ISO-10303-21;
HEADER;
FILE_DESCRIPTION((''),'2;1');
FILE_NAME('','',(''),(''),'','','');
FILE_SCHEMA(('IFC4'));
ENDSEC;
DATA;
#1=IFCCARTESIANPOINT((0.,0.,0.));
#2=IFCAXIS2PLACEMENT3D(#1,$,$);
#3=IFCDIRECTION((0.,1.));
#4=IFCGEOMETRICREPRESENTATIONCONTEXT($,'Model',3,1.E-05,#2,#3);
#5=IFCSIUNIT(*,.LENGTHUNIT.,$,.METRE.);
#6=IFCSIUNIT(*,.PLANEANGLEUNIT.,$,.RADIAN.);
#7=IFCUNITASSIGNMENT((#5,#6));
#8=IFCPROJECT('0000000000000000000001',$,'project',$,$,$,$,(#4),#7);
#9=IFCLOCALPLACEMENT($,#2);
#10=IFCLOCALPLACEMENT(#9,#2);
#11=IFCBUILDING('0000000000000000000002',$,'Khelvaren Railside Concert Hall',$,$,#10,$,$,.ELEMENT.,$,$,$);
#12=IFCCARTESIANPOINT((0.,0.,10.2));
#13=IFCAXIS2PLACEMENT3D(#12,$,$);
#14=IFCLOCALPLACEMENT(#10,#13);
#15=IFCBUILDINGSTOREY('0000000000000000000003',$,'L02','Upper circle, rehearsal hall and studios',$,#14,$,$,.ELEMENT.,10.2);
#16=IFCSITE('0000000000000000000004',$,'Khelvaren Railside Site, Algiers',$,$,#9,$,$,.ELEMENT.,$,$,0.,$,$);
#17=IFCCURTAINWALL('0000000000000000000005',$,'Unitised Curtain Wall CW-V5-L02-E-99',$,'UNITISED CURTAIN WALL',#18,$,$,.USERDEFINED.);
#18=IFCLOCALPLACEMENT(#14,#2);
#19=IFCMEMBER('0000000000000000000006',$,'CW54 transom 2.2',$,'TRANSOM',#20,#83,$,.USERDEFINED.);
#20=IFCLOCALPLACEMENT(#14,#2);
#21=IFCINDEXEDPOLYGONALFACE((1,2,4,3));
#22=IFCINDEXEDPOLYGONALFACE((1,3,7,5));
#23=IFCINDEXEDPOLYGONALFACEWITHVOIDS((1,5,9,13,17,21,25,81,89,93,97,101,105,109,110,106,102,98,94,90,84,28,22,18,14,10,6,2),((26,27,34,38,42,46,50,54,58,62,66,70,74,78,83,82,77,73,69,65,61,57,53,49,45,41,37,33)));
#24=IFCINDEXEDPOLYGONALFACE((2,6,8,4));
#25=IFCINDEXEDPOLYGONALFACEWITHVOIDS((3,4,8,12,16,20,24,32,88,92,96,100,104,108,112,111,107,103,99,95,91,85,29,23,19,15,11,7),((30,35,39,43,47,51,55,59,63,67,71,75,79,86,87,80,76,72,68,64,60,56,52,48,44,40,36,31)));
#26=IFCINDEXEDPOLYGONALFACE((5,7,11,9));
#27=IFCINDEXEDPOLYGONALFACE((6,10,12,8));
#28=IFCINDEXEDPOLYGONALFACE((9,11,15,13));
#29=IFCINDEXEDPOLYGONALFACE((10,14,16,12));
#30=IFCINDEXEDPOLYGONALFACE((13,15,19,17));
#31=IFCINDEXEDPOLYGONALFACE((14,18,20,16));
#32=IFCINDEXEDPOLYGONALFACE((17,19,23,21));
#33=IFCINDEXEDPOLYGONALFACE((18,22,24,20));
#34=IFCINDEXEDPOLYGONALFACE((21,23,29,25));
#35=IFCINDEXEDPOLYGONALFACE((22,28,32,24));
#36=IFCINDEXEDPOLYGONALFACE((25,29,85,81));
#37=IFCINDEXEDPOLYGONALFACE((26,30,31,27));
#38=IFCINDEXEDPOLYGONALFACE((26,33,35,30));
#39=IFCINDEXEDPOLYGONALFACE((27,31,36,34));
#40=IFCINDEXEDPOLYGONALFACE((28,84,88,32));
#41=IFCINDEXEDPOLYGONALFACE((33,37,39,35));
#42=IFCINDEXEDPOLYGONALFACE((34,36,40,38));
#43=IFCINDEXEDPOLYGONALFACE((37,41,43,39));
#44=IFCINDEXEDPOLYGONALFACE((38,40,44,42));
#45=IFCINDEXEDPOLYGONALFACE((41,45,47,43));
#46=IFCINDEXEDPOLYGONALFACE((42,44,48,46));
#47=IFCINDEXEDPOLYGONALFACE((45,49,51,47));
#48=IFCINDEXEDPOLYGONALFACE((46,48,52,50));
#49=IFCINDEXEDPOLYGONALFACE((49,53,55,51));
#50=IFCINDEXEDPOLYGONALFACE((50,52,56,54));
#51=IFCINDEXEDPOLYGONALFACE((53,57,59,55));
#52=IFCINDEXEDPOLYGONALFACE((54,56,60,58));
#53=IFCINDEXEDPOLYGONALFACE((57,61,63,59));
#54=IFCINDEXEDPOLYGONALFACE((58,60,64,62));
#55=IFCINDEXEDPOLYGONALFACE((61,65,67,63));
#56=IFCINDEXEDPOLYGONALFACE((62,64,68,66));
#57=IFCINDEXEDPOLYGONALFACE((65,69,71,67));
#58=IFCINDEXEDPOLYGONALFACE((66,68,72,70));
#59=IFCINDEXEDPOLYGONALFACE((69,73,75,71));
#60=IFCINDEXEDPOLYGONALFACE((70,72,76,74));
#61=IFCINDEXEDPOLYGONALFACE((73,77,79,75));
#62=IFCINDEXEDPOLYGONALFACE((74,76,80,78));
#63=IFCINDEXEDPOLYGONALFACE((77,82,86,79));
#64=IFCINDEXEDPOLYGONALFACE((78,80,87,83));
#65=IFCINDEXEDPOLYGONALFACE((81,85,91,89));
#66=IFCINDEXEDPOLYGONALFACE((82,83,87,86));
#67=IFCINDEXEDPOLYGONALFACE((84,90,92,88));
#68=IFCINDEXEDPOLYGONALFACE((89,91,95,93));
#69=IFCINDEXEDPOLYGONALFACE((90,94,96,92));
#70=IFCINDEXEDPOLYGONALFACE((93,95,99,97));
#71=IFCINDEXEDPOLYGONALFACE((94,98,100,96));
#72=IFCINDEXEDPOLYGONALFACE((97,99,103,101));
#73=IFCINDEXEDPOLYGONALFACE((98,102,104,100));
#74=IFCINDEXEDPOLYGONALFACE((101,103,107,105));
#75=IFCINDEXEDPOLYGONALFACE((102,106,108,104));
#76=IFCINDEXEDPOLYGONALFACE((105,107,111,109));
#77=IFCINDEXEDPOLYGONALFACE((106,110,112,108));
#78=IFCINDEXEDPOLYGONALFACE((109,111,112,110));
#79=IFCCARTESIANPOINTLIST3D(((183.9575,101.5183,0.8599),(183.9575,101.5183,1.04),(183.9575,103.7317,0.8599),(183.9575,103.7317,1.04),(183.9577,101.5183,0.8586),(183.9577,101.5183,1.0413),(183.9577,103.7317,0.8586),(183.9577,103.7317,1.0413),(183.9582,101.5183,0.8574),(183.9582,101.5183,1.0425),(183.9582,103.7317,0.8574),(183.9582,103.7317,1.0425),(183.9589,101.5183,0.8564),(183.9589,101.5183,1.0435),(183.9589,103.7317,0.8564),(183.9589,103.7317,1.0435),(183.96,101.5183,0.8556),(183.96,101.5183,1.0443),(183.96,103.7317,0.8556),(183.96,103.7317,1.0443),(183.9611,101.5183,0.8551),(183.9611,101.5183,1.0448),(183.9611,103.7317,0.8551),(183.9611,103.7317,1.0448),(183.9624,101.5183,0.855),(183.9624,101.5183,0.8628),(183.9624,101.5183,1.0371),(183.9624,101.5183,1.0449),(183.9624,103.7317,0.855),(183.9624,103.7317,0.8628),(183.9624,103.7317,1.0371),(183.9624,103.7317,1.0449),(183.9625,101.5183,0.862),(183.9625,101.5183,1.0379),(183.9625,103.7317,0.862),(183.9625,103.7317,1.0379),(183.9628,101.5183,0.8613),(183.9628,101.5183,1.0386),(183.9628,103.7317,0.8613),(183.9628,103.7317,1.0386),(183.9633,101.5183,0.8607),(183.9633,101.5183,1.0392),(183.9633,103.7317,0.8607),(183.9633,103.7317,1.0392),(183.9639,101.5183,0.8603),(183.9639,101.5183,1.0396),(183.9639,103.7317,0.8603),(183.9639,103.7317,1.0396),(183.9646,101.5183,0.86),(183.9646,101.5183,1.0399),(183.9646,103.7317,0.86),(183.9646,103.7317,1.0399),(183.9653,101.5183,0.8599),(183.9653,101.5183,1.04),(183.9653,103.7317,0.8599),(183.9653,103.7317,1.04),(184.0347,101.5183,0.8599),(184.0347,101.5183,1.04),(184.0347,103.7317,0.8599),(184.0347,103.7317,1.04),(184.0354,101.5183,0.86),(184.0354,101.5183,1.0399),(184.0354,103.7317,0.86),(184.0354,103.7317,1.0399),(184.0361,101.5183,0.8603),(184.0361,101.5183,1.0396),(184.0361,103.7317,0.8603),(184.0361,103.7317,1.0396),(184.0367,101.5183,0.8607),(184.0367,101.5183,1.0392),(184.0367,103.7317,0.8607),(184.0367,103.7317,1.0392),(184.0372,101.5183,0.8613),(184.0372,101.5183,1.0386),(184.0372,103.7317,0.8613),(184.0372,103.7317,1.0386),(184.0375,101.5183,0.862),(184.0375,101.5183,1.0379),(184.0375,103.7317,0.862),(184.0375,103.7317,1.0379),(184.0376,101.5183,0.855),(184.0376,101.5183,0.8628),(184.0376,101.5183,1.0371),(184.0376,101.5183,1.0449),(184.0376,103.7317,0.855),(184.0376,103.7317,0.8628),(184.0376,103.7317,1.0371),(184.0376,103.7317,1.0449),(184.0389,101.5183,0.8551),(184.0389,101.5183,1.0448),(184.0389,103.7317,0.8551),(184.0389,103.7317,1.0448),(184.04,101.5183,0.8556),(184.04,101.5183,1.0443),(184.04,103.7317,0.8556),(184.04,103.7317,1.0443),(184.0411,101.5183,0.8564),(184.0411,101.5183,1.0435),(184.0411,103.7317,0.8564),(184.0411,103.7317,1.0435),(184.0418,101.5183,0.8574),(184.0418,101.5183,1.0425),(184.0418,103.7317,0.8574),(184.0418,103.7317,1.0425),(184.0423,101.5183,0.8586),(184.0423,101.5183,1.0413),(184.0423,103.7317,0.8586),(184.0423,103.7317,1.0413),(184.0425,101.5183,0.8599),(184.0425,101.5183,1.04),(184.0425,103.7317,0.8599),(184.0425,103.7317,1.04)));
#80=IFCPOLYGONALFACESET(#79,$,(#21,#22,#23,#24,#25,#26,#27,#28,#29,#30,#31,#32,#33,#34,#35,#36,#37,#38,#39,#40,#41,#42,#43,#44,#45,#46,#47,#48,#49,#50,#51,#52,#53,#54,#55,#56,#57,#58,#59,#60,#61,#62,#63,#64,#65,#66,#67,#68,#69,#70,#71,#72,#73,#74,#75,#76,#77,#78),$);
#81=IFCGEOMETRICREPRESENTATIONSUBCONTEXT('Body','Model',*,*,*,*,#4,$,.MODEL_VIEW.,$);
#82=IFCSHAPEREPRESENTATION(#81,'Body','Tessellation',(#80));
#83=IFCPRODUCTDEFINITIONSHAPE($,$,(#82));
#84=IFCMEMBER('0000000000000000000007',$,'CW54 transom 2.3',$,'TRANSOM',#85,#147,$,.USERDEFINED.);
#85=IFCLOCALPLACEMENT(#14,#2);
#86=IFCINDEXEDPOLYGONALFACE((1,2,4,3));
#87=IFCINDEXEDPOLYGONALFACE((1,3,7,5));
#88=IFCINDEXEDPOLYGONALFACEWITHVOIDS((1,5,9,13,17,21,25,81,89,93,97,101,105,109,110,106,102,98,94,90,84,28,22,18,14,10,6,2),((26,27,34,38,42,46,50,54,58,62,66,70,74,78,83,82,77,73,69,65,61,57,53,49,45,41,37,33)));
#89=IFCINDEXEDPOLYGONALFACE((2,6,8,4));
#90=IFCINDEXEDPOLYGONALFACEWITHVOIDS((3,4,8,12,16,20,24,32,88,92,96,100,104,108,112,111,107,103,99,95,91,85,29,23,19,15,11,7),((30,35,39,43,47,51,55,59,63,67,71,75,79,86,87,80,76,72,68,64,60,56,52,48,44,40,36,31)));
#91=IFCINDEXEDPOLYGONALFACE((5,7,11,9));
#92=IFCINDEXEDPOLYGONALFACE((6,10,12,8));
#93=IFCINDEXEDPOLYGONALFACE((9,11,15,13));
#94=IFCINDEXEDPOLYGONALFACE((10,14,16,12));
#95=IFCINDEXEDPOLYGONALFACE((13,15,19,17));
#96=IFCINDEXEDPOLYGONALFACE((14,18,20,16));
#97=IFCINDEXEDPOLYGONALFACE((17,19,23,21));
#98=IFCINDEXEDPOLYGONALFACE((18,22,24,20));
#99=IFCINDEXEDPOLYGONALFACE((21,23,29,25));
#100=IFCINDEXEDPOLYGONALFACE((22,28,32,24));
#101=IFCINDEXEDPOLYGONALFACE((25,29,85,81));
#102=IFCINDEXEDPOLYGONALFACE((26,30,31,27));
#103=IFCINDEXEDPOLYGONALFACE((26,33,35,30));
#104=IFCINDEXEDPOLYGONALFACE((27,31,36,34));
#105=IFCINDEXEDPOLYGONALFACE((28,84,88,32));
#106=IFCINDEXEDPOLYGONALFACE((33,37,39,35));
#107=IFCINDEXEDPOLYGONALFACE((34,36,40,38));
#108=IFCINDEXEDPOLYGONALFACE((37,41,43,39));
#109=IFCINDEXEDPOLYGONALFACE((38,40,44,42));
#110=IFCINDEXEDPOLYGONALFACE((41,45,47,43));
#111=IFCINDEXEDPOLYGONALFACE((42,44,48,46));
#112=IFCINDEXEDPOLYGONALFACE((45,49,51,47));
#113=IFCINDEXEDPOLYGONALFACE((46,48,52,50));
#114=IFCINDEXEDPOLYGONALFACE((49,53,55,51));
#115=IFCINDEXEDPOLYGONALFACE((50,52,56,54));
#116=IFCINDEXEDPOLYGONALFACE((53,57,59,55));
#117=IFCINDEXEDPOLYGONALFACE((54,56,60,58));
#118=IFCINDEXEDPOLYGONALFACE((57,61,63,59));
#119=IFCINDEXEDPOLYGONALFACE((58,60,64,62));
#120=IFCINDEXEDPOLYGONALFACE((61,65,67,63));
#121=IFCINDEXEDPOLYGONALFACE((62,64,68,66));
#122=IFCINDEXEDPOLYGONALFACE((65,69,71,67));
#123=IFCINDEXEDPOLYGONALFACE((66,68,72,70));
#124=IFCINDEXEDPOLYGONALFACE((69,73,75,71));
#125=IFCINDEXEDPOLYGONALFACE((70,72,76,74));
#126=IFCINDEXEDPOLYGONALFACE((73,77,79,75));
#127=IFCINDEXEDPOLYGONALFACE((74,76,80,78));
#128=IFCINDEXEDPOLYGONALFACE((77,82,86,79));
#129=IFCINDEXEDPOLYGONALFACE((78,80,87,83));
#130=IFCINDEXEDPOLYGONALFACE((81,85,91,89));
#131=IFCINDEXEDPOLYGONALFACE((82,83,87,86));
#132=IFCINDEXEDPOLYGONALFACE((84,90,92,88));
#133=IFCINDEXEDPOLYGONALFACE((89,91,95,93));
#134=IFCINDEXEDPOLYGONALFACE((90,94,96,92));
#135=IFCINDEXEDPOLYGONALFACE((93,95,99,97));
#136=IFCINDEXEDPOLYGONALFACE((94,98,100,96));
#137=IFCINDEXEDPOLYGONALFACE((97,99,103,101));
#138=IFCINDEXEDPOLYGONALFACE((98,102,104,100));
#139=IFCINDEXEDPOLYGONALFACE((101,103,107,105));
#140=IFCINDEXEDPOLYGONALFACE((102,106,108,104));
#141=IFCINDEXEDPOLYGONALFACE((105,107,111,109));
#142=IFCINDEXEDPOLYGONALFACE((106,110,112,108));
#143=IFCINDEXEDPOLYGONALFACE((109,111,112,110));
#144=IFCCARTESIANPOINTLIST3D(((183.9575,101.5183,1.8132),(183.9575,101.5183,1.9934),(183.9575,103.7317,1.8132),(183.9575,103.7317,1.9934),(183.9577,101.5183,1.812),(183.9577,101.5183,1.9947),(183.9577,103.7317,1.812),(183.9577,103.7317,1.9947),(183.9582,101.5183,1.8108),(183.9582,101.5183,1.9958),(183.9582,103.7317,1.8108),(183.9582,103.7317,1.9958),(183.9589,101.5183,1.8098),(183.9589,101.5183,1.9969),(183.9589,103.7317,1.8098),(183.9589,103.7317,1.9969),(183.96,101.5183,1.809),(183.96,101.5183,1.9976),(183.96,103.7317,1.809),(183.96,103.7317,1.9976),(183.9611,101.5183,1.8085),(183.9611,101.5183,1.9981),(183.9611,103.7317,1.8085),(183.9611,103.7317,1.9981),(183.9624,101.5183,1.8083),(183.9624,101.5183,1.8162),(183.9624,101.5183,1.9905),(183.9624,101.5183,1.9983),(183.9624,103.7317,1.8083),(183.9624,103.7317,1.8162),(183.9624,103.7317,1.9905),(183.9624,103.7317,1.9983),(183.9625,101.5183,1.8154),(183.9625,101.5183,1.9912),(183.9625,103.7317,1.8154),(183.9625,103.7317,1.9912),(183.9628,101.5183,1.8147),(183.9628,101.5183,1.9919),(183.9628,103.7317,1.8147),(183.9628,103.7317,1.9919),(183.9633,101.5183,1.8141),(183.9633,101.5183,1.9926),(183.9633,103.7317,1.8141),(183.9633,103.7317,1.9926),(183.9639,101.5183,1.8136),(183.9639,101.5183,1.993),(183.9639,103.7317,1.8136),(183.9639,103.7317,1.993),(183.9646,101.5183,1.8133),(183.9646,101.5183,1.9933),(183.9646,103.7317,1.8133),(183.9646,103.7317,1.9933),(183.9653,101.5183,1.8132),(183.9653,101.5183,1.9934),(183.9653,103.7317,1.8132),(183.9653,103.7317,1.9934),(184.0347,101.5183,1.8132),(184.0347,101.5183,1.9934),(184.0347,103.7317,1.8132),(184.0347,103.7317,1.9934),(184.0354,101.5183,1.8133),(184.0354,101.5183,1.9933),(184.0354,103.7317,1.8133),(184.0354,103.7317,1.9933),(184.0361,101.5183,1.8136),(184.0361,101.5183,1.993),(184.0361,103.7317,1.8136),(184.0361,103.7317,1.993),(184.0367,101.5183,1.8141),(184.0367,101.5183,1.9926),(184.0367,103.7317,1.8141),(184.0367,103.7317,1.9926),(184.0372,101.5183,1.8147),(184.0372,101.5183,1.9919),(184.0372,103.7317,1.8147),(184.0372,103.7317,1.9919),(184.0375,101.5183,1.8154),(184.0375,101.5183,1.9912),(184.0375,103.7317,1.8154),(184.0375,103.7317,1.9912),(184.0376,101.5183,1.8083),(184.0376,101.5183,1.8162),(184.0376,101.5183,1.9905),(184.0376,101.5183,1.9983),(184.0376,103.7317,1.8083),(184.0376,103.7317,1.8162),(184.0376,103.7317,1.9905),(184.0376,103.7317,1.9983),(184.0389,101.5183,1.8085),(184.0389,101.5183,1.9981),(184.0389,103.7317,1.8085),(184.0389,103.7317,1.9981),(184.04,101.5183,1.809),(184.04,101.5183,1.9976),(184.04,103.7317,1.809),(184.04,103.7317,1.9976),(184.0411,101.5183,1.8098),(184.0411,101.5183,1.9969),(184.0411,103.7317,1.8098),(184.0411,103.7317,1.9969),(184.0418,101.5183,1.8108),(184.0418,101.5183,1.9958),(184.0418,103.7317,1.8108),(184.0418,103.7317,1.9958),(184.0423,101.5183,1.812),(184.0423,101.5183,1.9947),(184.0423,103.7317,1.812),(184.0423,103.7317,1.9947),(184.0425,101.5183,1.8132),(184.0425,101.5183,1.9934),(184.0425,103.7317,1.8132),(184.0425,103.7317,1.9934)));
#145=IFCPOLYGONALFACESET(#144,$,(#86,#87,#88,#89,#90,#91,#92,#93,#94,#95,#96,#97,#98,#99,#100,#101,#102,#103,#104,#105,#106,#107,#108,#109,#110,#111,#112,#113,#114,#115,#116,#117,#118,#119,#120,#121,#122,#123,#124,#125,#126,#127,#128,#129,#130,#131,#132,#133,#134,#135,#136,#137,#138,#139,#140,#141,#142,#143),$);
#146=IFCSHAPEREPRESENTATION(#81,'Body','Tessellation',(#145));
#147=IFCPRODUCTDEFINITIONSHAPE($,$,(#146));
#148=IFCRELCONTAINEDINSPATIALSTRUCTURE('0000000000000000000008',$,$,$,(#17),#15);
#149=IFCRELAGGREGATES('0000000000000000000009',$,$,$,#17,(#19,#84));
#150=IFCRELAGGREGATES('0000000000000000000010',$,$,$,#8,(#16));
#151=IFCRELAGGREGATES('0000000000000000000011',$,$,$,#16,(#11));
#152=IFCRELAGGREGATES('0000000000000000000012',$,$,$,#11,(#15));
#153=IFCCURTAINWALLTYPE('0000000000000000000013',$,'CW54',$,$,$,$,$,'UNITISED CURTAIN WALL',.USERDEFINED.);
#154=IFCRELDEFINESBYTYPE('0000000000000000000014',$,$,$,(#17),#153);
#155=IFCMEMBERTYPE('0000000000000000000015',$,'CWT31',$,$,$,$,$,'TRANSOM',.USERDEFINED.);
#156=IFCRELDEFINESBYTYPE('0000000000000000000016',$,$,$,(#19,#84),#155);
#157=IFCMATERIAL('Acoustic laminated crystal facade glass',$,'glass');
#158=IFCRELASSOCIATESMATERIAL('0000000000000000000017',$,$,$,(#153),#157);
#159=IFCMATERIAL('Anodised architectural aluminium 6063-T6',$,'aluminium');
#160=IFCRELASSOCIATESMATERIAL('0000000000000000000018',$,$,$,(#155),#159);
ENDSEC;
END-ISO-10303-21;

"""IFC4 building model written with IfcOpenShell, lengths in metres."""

from ifc_helpers import new_model, si_unit, direction, frame, origin, origin_2d, place, context, subcontext, project, spatial, hollow_rectangle, extrude, material, material_profile, profile_set, type_object, element, aggregate, save


model = new_model("IFC4")

# Units and contexts
model_context = context("Model", 3, precision=1e-05, world=origin(), true_north=direction((0.0, 1.0)))
body_context = subcontext(model_context, "Body", "Model", "MODEL_VIEW")
ifc_project = project(units=[si_unit("LENGTHUNIT", "METRE"), si_unit("PLANEANGLEUNIT", "RADIAN")], contexts=[model_context])

# Site, building, storey
site_placement = place(None, origin())
site = spatial("IfcSite", under=ifc_project, at=site_placement, Name="Khelvaren Railside Site, Algiers", CompositionType="ELEMENT", RefElevation=0.0)
building_placement = place(site_placement, origin())
building = spatial("IfcBuilding", under=site, at=building_placement, Name="Khelvaren Railside Concert Hall", CompositionType="ELEMENT")
storey_placement = place(building_placement, frame((0.0, 0.0, 10.2)))
storey = spatial("IfcBuildingStorey", under=building, at=storey_placement, Name="L02", Description="Upper circle, rehearsal hall and studios", CompositionType="ELEMENT", Elevation=10.2)

# Curtain wall, members
ifc_material_1 = material(Name="Acoustic laminated crystal facade glass", Category="glass")
curtain_wall_type = type_object("IfcCurtainWallType", Name="CW54", ElementType="UNITISED CURTAIN WALL", PredefinedType="USERDEFINED", material=ifc_material_1)
curtain_wall_placement = place(storey_placement, origin())
curtain_wall = element("IfcCurtainWall", 1, at=curtain_wall_placement, inside=storey, type_object=curtain_wall_type, Name="Unitised Curtain Wall CW-V5-L02-E-99", ObjectType="UNITISED CURTAIN WALL", PredefinedType="USERDEFINED")
ifc_material_2 = material(Name="Anodised architectural aluminium 6063-T6", Category="aluminium")
ifc_material_profile_1 = material_profile(ifc_material_2, hollow_rectangle(XDim=0.085, YDim=0.1899, WallThickness=0.0049, InnerFilletRadius=0.0029, OuterFilletRadius=0.0049, at=origin_2d()), Name="CWT 85x190x5")
ifc_profile_set_1 = profile_set([ifc_material_profile_1], Name="Anodised architectural aluminium 6063-T6")
member_type_1 = type_object("IfcMemberType", Name="CWT31", ElementType="TRANSOM", PredefinedType="USERDEFINED", material=ifc_profile_set_1)
member_1_placement = place(storey_placement, frame((184.0, 103.7317, 0.95), z_axis=(0.0, -1.0, 0.0), x_axis=(1.0, 0.0, 0.0)))
member_1 = element("IfcMember", 2, at=member_1_placement, type_object=member_type_1, Name="CW54 transom 2.2", ObjectType="TRANSOM", PredefinedType="USERDEFINED", context=body_context, shape_type="SweptSolid", body=[
    extrude(hollow_rectangle(XDim=0.085, YDim=0.1899, WallThickness=0.0049, InnerFilletRadius=0.0029, OuterFilletRadius=0.0049, at=origin_2d()), origin(), (0.0, 0.0, 1.0), 2.2134),
])
member_2_placement = place(storey_placement, frame((184.0, 103.7317, 1.9033), z_axis=(0.0, -1.0, 0.0), x_axis=(1.0, 0.0, 0.0)))
member_2 = element("IfcMember", 3, at=member_2_placement, type_object=member_type_1, Name="CW54 transom 2.3", ObjectType="TRANSOM", PredefinedType="USERDEFINED", context=body_context, shape_type="SweptSolid", body=[
    extrude(hollow_rectangle(XDim=0.085, YDim=0.1899, WallThickness=0.0049, InnerFilletRadius=0.0029, OuterFilletRadius=0.0049, at=origin_2d()), origin(), (0.0, 0.0, 1.0), 2.2134),
])

aggregate(curtain_wall, [member_1, member_2])

save(model, "model.ifc")
